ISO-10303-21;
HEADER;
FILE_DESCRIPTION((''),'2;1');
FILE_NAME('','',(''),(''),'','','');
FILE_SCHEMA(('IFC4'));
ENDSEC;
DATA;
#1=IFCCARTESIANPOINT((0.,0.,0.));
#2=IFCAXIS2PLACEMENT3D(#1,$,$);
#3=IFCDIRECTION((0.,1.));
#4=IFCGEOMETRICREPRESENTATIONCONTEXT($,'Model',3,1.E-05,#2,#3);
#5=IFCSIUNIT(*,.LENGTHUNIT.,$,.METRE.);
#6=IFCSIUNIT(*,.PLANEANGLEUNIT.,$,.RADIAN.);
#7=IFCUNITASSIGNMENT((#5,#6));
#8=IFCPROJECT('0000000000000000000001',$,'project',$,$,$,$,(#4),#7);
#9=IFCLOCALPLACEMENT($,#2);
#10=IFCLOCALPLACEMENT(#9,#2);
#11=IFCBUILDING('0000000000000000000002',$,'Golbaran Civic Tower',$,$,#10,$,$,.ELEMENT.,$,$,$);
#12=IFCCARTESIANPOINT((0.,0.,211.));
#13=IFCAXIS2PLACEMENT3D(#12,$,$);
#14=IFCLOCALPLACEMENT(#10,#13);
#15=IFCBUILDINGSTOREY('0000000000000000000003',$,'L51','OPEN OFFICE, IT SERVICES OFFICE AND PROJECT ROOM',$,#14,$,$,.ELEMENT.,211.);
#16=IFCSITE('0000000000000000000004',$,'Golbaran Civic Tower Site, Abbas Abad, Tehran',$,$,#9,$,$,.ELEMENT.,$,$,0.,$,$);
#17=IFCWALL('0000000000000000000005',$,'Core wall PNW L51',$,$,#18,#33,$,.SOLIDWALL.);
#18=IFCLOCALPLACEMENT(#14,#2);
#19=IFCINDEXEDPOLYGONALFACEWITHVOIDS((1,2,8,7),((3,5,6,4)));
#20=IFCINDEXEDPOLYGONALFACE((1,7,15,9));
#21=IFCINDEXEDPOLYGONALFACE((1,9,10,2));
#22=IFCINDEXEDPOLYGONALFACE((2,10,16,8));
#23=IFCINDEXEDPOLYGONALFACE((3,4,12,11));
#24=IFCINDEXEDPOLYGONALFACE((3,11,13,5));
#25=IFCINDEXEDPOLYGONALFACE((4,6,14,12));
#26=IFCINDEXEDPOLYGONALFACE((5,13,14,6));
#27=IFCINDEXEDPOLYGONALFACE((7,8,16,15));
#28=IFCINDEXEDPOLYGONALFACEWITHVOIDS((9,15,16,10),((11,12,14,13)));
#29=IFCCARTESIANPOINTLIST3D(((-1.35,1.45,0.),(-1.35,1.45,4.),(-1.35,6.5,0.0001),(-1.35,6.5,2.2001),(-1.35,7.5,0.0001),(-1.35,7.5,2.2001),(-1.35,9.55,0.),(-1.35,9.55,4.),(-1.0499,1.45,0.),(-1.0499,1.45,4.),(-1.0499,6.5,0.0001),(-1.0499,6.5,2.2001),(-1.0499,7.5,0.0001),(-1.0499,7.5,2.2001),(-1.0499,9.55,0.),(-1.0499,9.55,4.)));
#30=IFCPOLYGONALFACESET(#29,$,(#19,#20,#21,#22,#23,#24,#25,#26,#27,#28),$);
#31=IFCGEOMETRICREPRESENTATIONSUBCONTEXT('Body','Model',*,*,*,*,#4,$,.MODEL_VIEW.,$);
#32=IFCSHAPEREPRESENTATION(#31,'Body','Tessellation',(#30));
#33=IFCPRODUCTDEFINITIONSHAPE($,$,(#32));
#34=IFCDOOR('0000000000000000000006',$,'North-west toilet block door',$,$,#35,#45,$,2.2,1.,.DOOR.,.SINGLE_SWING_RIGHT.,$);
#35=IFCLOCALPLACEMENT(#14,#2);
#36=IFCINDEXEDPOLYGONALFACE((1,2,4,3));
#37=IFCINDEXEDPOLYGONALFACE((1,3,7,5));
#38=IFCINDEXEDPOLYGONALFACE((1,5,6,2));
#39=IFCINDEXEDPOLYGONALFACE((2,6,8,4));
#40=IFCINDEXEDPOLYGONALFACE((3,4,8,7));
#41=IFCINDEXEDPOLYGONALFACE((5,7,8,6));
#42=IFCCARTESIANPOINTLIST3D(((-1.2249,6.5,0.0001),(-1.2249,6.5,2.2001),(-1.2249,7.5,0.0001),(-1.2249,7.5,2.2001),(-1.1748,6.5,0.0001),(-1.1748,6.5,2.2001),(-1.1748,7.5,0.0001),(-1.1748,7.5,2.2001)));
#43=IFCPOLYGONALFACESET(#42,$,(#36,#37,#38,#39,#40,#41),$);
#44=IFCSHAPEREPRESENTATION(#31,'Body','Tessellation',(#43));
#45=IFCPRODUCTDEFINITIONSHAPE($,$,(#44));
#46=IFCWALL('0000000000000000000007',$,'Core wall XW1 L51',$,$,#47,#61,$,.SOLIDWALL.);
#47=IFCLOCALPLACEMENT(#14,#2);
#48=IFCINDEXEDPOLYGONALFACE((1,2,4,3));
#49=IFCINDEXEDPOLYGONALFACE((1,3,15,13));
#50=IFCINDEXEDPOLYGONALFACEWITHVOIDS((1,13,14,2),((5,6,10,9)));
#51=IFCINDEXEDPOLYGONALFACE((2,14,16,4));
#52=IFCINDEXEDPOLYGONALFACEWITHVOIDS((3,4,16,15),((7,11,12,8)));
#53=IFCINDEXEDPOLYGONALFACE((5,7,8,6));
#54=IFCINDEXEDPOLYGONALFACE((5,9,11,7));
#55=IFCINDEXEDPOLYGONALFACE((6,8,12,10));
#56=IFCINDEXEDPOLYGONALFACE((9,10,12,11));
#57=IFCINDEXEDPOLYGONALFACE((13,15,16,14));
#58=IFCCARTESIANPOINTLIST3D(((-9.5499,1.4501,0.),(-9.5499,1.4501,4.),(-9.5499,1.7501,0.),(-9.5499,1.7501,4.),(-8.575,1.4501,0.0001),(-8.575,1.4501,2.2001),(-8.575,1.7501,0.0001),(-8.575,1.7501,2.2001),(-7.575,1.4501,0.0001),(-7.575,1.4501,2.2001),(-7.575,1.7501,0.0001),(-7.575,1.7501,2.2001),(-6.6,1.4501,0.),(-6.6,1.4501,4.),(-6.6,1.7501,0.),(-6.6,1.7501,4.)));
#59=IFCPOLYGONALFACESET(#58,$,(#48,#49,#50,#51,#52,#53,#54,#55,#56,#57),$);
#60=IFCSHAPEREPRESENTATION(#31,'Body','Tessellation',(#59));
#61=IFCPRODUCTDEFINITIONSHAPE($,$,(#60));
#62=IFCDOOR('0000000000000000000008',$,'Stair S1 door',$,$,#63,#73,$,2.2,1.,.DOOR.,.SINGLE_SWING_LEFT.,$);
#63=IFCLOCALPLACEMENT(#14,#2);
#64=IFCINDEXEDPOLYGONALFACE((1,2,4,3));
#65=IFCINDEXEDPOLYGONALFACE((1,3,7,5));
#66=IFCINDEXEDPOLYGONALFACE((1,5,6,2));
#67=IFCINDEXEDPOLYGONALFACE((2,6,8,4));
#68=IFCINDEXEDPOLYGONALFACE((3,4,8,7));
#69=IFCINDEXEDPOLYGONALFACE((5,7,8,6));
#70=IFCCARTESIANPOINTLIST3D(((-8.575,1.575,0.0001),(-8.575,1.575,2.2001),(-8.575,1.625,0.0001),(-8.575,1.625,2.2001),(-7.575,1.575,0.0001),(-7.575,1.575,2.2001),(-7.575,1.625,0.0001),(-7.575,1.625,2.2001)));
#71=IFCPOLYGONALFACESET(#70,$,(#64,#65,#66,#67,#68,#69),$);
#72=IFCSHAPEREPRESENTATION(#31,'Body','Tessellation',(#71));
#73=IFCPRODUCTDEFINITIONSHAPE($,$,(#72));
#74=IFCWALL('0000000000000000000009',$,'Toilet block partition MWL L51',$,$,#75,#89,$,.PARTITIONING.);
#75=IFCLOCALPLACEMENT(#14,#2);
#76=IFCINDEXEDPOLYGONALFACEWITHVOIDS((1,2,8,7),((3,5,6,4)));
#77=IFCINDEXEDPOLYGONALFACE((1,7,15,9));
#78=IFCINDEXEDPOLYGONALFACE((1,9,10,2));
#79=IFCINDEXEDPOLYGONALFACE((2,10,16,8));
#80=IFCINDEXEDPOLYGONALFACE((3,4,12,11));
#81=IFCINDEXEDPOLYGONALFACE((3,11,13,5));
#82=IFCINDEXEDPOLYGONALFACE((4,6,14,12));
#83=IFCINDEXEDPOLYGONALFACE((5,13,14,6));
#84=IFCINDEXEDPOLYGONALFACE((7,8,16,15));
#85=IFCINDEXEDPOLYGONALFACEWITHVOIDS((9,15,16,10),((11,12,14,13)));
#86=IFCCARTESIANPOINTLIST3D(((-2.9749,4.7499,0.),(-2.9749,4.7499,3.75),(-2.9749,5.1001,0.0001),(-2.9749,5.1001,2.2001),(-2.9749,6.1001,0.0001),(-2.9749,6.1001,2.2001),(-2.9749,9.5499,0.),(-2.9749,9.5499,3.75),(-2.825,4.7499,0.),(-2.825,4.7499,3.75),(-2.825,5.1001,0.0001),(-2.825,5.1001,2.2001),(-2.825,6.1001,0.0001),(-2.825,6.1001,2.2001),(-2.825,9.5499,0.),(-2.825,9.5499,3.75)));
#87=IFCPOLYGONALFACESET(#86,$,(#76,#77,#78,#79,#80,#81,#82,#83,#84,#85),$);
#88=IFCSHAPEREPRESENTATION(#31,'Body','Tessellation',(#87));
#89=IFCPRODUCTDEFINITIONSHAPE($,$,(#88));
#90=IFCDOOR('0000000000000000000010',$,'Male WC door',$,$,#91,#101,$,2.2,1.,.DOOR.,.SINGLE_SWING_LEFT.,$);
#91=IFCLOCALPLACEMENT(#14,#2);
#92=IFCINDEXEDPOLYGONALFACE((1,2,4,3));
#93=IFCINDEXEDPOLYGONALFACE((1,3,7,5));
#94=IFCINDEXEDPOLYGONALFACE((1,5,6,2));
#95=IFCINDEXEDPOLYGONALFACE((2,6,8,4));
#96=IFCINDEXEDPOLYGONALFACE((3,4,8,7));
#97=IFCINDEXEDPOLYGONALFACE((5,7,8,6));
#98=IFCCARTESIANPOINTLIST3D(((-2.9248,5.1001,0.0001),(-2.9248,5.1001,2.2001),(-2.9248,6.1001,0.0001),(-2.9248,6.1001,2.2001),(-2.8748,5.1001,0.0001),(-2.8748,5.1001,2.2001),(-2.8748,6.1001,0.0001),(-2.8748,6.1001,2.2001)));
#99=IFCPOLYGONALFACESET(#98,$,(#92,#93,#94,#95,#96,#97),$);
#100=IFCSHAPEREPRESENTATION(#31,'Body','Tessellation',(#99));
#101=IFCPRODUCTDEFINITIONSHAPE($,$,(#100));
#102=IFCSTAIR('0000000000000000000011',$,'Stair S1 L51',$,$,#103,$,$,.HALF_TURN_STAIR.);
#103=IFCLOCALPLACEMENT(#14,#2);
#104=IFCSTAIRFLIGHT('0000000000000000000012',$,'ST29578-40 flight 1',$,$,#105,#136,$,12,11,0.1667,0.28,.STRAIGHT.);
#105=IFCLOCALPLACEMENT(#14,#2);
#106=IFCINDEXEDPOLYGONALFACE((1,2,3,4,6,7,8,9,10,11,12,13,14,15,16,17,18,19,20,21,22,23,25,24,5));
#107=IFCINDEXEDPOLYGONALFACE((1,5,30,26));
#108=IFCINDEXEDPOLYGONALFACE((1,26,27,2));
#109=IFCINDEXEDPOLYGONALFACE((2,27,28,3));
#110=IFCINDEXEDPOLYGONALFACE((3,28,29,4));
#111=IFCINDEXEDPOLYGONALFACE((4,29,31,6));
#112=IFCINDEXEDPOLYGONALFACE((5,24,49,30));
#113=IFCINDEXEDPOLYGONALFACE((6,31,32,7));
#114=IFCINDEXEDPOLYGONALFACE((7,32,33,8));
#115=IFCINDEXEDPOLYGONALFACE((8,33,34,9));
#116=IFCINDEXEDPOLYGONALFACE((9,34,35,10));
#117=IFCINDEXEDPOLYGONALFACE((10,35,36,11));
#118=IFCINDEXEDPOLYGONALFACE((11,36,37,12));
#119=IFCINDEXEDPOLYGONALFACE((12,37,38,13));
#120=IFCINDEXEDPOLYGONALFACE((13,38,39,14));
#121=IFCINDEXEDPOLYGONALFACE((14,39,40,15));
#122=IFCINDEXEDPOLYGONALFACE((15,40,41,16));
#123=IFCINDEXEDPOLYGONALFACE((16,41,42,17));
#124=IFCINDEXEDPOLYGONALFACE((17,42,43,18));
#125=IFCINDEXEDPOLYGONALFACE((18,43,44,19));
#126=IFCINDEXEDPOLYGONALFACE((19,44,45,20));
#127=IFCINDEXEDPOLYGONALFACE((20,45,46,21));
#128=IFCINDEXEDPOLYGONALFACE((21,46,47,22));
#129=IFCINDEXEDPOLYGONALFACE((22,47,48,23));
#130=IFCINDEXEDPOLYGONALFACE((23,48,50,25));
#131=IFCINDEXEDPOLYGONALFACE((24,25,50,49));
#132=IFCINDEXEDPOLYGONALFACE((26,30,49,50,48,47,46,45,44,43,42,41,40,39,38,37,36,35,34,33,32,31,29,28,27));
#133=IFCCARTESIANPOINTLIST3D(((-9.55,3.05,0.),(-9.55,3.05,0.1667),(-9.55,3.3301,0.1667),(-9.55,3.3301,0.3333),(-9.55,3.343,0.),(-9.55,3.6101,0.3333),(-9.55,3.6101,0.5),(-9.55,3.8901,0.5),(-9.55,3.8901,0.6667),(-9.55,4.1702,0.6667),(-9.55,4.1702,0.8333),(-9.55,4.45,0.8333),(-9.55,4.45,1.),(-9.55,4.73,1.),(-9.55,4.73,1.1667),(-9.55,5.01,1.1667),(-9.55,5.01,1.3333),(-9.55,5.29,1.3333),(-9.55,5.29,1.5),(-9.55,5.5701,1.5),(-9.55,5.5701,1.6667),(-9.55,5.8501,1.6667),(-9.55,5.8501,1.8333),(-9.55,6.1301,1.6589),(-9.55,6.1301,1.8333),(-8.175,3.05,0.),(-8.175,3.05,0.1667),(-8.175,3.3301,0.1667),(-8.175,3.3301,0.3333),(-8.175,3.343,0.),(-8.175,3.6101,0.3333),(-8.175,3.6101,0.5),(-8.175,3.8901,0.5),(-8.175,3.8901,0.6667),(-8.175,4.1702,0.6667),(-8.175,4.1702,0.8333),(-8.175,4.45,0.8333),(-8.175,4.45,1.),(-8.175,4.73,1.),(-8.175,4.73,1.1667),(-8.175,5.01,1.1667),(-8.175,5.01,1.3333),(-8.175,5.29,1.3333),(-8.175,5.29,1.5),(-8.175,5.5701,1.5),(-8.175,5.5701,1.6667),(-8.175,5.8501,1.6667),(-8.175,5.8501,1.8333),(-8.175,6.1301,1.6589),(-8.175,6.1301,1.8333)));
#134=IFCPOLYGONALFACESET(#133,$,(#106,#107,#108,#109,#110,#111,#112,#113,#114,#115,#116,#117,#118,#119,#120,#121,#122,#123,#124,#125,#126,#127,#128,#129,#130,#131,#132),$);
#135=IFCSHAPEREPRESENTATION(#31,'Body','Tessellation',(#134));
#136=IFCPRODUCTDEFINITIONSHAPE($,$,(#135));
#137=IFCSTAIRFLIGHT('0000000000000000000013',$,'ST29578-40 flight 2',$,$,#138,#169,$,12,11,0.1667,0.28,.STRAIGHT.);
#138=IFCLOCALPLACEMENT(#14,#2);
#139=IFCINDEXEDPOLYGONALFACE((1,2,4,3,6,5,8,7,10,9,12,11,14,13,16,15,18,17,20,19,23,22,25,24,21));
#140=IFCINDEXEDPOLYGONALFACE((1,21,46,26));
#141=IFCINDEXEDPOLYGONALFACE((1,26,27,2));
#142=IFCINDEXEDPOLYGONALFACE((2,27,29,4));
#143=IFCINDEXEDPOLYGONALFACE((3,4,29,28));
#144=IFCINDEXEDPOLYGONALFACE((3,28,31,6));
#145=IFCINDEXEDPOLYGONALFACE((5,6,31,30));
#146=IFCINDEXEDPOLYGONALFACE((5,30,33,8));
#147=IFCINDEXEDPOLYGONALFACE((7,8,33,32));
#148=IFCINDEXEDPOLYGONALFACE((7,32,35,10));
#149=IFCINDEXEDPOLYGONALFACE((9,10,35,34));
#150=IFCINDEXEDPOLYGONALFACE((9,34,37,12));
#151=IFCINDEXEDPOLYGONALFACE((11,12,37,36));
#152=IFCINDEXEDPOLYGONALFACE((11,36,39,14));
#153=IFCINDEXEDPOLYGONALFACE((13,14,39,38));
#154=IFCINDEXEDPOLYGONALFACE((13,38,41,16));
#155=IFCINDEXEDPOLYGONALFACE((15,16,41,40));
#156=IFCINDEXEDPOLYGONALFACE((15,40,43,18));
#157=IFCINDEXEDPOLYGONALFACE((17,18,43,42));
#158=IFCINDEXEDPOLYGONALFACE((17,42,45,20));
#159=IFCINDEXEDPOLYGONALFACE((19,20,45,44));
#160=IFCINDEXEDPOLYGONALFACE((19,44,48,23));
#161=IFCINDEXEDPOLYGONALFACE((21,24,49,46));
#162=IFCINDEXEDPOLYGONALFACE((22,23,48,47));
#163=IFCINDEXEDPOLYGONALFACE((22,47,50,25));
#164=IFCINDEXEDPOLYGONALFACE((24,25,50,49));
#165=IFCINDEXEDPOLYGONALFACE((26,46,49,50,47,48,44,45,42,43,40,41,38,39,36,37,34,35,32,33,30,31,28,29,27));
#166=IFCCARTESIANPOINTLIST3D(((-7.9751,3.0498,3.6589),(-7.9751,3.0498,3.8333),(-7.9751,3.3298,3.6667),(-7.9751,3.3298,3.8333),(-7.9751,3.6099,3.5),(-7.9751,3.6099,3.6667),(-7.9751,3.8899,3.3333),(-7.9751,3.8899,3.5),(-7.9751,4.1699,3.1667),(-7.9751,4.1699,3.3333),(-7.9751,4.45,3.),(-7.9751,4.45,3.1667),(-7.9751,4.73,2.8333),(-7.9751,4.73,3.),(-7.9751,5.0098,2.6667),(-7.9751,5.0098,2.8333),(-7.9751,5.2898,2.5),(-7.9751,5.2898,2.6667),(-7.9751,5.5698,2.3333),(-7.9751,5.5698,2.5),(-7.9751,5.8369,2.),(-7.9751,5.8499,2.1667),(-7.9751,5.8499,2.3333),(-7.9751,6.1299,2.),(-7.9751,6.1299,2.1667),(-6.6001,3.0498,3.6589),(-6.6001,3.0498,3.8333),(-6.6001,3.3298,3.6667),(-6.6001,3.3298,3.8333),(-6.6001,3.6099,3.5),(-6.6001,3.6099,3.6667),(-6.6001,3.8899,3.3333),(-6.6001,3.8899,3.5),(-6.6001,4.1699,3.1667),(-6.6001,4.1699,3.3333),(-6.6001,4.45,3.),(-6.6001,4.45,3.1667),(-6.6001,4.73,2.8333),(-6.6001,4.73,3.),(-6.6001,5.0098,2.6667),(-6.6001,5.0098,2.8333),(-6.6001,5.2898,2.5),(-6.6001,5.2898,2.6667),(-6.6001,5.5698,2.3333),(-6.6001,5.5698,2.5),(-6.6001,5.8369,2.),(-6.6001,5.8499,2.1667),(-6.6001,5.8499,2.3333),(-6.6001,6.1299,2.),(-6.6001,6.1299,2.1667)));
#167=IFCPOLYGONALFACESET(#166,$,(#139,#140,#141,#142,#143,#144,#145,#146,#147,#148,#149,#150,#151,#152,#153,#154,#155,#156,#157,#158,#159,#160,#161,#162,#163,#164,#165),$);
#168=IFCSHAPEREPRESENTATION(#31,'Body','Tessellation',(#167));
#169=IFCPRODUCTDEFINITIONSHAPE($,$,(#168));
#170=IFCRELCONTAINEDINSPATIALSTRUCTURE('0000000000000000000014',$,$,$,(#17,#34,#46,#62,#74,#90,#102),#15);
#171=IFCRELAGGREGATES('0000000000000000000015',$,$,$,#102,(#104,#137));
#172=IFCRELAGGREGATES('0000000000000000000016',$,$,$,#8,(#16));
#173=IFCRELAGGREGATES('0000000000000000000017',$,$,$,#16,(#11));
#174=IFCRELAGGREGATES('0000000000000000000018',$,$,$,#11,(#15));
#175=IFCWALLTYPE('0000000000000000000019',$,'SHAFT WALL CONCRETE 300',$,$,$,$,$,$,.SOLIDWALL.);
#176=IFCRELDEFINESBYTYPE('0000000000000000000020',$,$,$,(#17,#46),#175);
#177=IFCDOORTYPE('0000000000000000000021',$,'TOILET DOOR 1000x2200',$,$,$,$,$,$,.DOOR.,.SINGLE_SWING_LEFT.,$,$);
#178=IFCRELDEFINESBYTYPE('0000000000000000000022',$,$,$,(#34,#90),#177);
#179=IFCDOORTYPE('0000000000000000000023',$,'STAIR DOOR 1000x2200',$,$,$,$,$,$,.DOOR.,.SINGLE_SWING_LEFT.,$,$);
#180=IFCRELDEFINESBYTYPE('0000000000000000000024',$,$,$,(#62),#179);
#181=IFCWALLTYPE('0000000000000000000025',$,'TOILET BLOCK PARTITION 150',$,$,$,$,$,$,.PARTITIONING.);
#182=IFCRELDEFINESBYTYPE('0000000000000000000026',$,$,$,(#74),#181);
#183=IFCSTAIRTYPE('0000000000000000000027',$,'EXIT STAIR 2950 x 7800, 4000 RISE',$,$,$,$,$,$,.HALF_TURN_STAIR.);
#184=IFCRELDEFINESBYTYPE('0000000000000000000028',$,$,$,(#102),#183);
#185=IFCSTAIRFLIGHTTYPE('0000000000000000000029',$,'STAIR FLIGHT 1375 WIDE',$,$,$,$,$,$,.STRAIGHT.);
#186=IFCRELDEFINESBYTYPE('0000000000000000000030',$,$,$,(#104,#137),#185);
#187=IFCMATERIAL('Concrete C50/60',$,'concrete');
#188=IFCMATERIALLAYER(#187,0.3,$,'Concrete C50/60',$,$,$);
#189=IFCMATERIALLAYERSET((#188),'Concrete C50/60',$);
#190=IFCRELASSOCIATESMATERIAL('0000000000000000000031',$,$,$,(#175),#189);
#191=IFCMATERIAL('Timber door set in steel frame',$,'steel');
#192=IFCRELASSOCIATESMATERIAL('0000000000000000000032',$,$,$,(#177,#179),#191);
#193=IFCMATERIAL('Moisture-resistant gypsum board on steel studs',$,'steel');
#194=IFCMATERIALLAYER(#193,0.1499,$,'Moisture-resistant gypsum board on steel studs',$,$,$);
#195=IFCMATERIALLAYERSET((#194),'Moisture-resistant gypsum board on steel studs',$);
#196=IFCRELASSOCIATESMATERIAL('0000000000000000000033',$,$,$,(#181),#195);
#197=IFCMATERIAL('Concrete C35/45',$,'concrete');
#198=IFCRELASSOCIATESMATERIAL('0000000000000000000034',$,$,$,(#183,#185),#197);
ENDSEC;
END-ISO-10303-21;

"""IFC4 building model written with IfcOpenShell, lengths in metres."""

from ifc_helpers import new_model, si_unit, direction, frame, frame_2d, origin, place, context, subcontext, project, spatial, polyline, rectangle, outline, extrude, material, layer, layer_set, type_object, element, fill, aggregate, save


model = new_model("IFC4")

# Units and contexts
model_context = context("Model", 3, precision=1e-05, world=origin(), true_north=direction((0.0, 1.0)))
body_context = subcontext(model_context, "Body", "Model", "MODEL_VIEW")
ifc_project = project(units=[si_unit("LENGTHUNIT", "METRE"), si_unit("PLANEANGLEUNIT", "RADIAN")], contexts=[model_context])

# Site, building, storey
site_placement = place(None, origin())
site = spatial("IfcSite", under=ifc_project, at=site_placement, Name="Golbaran Civic Tower Site, Abbas Abad, Tehran", CompositionType="ELEMENT", RefElevation=0.0)
building_placement = place(site_placement, origin())
building = spatial("IfcBuilding", under=site, at=building_placement, Name="Golbaran Civic Tower", CompositionType="ELEMENT")
storey_placement = place(building_placement, frame((0.0, 0.0, 211.0)))
storey = spatial("IfcBuildingStorey", under=building, at=storey_placement, Name="L51", Description="OPEN OFFICE, IT SERVICES OFFICE AND PROJECT ROOM", CompositionType="ELEMENT", Elevation=211.0)

# Shared definitions
ifc_material_1 = material(Name="Concrete C50/60", Category="concrete")

# Shared definitions
ifc_layer_1 = layer(ifc_material_1, 0.3, Name="Concrete C50/60")
ifc_layer_set_1 = layer_set([ifc_layer_1], Name="Concrete C50/60")
wall_type_1 = type_object("IfcWallType", Name="SHAFT WALL CONCRETE 300", PredefinedType="SOLIDWALL", material=ifc_layer_set_1)

# Walls, openings, doors
wall_1_placement = place(storey_placement, frame((-1.2, 1.45, 0.0), z_axis=(0.0, 0.0, 1.0), x_axis=(0.0, 1.0, 0.0)))
wall_1 = element("IfcWall", 1, at=wall_1_placement, inside=storey, type_object=wall_type_1, Name="Core wall PNW L51", PredefinedType="SOLIDWALL", context=body_context, shape_type="SweptSolid", body=[
    extrude(rectangle(XDim=8.1001, YDim=0.3, at=frame_2d((4.05, 0.0))), origin(), (0.0, 0.0, 1.0), 4.0),
])
opening_1_placement = place(wall_1_placement, frame((5.05, 0.0, 0.0)))
opening_1 = element("IfcOpeningElement", 2, at=opening_1_placement, cuts=wall_1, PredefinedType="OPENING", context=body_context, shape_type="SweptSolid", body=[
    extrude(rectangle(XDim=1.0, YDim=2.2, at=frame_2d((0.5, 1.1001))), frame((0.0, 0.1599, 0.0), z_axis=(0.0, -1.0, 0.0), x_axis=(1.0, 0.0, 0.0)), (0.0, 0.0, 1.0), 0.3201),
])
ifc_material_2 = material(Name="Timber door set in steel frame", Category="steel")
door_type_1 = type_object("IfcDoorType", Name="TOILET DOOR 1000x2200", OperationType="SINGLE_SWING_LEFT", PredefinedType="DOOR", material=ifc_material_2)
door_1_placement = place(opening_1_placement, origin())
door_1 = element("IfcDoor", 3, at=door_1_placement, inside=storey, type_object=door_type_1, Name="North-west toilet block door", OperationType="SINGLE_SWING_RIGHT", OverallHeight=2.2, OverallWidth=1.0, PredefinedType="DOOR", context=body_context, shape_type="SweptSolid", body=[
    extrude(rectangle(XDim=1.0, YDim=2.2, at=frame_2d((0.5, 1.1001))), frame((0.0, 0.0249, 0.0), z_axis=(0.0, -1.0, 0.0), x_axis=(1.0, 0.0, 0.0)), (0.0, 0.0, 1.0), 0.05),
])
fill(opening_1, door_1)
wall_2_placement = place(storey_placement, frame((-9.55, 1.6001, 0.0), z_axis=(0.0, 0.0, 1.0), x_axis=(1.0, 0.0, 0.0)))
wall_2 = element("IfcWall", 4, at=wall_2_placement, inside=storey, type_object=wall_type_1, Name="Core wall XW1 L51", PredefinedType="SOLIDWALL", context=body_context, shape_type="SweptSolid", body=[
    extrude(rectangle(XDim=2.95, YDim=0.3, at=frame_2d((1.4751, 0.0))), origin(), (0.0, 0.0, 1.0), 4.0),
])
opening_2_placement = place(wall_2_placement, frame((0.9751, 0.0, 0.0)))
opening_2 = element("IfcOpeningElement", 5, at=opening_2_placement, cuts=wall_2, PredefinedType="OPENING", context=body_context, shape_type="SweptSolid", body=[
    extrude(rectangle(XDim=1.0, YDim=2.2, at=frame_2d((0.5, 1.1001))), frame((0.0, 0.1599, 0.0), z_axis=(0.0, -1.0, 0.0), x_axis=(1.0, 0.0, 0.0)), (0.0, 0.0, 1.0), 0.3201),
])
door_type_2 = type_object("IfcDoorType", Name="STAIR DOOR 1000x2200", OperationType="SINGLE_SWING_LEFT", PredefinedType="DOOR", material=ifc_material_2)
door_2_placement = place(opening_2_placement, origin())
door_2 = element("IfcDoor", 6, at=door_2_placement, inside=storey, type_object=door_type_2, Name="Stair S1 door", OperationType="SINGLE_SWING_LEFT", OverallHeight=2.2, OverallWidth=1.0, PredefinedType="DOOR", context=body_context, shape_type="SweptSolid", body=[
    extrude(rectangle(XDim=1.0, YDim=2.2, at=frame_2d((0.5, 1.1001))), frame((0.0, 0.0249, 0.0), z_axis=(0.0, -1.0, 0.0), x_axis=(1.0, 0.0, 0.0)), (0.0, 0.0, 1.0), 0.05),
])
fill(opening_2, door_2)
ifc_material_3 = material(Name="Moisture-resistant gypsum board on steel studs", Category="steel")
ifc_layer_2 = layer(ifc_material_3, 0.1499, Name="Moisture-resistant gypsum board on steel studs")
ifc_layer_set_2 = layer_set([ifc_layer_2], Name="Moisture-resistant gypsum board on steel studs")
wall_type_2 = type_object("IfcWallType", Name="TOILET BLOCK PARTITION 150", PredefinedType="PARTITIONING", material=ifc_layer_set_2)
wall_3_placement = place(storey_placement, frame((-2.8999, 4.75, 0.0), z_axis=(0.0, 0.0, 1.0), x_axis=(0.0, 1.0, 0.0)))
wall_3 = element("IfcWall", 7, at=wall_3_placement, inside=storey, type_object=wall_type_2, Name="Toilet block partition MWL L51", PredefinedType="PARTITIONING", context=body_context, shape_type="SweptSolid", body=[
    extrude(rectangle(XDim=4.8, YDim=0.1499, at=frame_2d((2.3999, 0.0))), origin(), (0.0, 0.0, 1.0), 3.75),
])
opening_3_placement = place(wall_3_placement, frame((0.3501, 0.0, 0.0)))
opening_3 = element("IfcOpeningElement", 8, at=opening_3_placement, cuts=wall_3, PredefinedType="OPENING", context=body_context, shape_type="SweptSolid", body=[
    extrude(rectangle(XDim=1.0, YDim=2.2, at=frame_2d((0.5, 1.1001))), frame((0.0, 0.085, 0.0), z_axis=(0.0, -1.0, 0.0), x_axis=(1.0, 0.0, 0.0)), (0.0, 0.0, 1.0), 0.1699),
])
door_3_placement = place(opening_3_placement, origin())
door_3 = element("IfcDoor", 9, at=door_3_placement, inside=storey, type_object=door_type_1, Name="Male WC door", OperationType="SINGLE_SWING_LEFT", OverallHeight=2.2, OverallWidth=1.0, PredefinedType="DOOR", context=body_context, shape_type="SweptSolid", body=[
    extrude(rectangle(XDim=1.0, YDim=2.2, at=frame_2d((0.5, 1.1001))), frame((0.0, 0.0249, 0.0), z_axis=(0.0, -1.0, 0.0), x_axis=(1.0, 0.0, 0.0)), (0.0, 0.0, 1.0), 0.05),
])
fill(opening_3, door_3)

# Stair, stair flights
ifc_material_4 = material(Name="Concrete C35/45", Category="concrete")
stair_type = type_object("IfcStairType", Name="EXIT STAIR 2950 x 7800, 4000 RISE", PredefinedType="HALF_TURN_STAIR", material=ifc_material_4)
stair_placement = place(storey_placement, origin())
stair = element("IfcStair", 10, at=stair_placement, inside=storey, type_object=stair_type, Name="Stair S1 L51", PredefinedType="HALF_TURN_STAIR")
stair_flight_type = type_object("IfcStairFlightType", Name="STAIR FLIGHT 1375 WIDE", PredefinedType="STRAIGHT", material=ifc_material_4)
stair_flight_1_placement = place(storey_placement, frame((-8.8625, 3.05, 0.0), z_axis=(0.0, 0.0, 1.0), x_axis=(0.0, 1.0, 0.0)))
stair_flight_1 = element("IfcStairFlight", 11, at=stair_flight_1_placement, type_object=stair_flight_type, Name="ST29578-40 flight 1", NumberOfRisers=12, NumberOfTreads=11, PredefinedType="STRAIGHT", RiserHeight=0.1667, TreadLength=0.28, context=body_context, shape_type="SweptSolid", body=[
    extrude(outline(polyline([(0.0, 0.0), (0.0, 0.1667), (0.28, 0.1667), (0.28, 0.3333), (0.5601, 0.3333), (0.5601, 0.5), (0.8401, 0.5), (0.8401, 0.6667), (1.1201, 0.6667), (1.1201, 0.8333), (1.3999, 0.8333), (1.3999, 1.0), (1.6799, 1.0), (1.6799, 1.1667), (1.96, 1.1667), (1.96, 1.3333), (2.24, 1.3333), (2.24, 1.5), (2.52, 1.5), (2.52, 1.6667), (2.8, 1.6667), (2.8, 1.8333), (3.0801, 1.8333), (3.0801, 2.0), (3.0801, 1.6589), (0.293, 0.0), (0.0, 0.0)])), frame((0.0, 0.6875, 0.0), z_axis=(0.0, -1.0, 0.0), x_axis=(1.0, 0.0, 0.0)), (0.0, 0.0, 1.0), 1.375),
])
stair_flight_2_placement = place(storey_placement, frame((-7.2876, 6.1299, 2.0), z_axis=(0.0, 0.0, 1.0), x_axis=(0.0, -1.0, 0.0)))
stair_flight_2 = element("IfcStairFlight", 12, at=stair_flight_2_placement, type_object=stair_flight_type, Name="ST29578-40 flight 2", NumberOfRisers=12, NumberOfTreads=11, PredefinedType="STRAIGHT", RiserHeight=0.1667, TreadLength=0.28, context=body_context, shape_type="SweptSolid", body=[
    extrude(outline(polyline([(0.0, 0.0), (0.0, 0.1667), (0.28, 0.1667), (0.28, 0.3333), (0.5601, 0.3333), (0.5601, 0.5), (0.8401, 0.5), (0.8401, 0.6667), (1.1201, 0.6667), (1.1201, 0.8333), (1.3999, 0.8333), (1.3999, 1.0), (1.6799, 1.0), (1.6799, 1.1667), (1.96, 1.1667), (1.96, 1.3333), (2.24, 1.3333), (2.24, 1.5), (2.52, 1.5), (2.52, 1.6667), (2.8, 1.6667), (2.8, 1.8333), (3.0801, 1.8333), (3.0801, 2.0), (3.0801, 1.6589), (0.293, 0.0), (0.0, 0.0)])), frame((0.0, 0.6875, 0.0), z_axis=(0.0, -1.0, 0.0), x_axis=(1.0, 0.0, 0.0)), (0.0, 0.0, 1.0), 1.375),
])
aggregate(stair, [stair_flight_1, stair_flight_2])

save(model, "model.ifc")
